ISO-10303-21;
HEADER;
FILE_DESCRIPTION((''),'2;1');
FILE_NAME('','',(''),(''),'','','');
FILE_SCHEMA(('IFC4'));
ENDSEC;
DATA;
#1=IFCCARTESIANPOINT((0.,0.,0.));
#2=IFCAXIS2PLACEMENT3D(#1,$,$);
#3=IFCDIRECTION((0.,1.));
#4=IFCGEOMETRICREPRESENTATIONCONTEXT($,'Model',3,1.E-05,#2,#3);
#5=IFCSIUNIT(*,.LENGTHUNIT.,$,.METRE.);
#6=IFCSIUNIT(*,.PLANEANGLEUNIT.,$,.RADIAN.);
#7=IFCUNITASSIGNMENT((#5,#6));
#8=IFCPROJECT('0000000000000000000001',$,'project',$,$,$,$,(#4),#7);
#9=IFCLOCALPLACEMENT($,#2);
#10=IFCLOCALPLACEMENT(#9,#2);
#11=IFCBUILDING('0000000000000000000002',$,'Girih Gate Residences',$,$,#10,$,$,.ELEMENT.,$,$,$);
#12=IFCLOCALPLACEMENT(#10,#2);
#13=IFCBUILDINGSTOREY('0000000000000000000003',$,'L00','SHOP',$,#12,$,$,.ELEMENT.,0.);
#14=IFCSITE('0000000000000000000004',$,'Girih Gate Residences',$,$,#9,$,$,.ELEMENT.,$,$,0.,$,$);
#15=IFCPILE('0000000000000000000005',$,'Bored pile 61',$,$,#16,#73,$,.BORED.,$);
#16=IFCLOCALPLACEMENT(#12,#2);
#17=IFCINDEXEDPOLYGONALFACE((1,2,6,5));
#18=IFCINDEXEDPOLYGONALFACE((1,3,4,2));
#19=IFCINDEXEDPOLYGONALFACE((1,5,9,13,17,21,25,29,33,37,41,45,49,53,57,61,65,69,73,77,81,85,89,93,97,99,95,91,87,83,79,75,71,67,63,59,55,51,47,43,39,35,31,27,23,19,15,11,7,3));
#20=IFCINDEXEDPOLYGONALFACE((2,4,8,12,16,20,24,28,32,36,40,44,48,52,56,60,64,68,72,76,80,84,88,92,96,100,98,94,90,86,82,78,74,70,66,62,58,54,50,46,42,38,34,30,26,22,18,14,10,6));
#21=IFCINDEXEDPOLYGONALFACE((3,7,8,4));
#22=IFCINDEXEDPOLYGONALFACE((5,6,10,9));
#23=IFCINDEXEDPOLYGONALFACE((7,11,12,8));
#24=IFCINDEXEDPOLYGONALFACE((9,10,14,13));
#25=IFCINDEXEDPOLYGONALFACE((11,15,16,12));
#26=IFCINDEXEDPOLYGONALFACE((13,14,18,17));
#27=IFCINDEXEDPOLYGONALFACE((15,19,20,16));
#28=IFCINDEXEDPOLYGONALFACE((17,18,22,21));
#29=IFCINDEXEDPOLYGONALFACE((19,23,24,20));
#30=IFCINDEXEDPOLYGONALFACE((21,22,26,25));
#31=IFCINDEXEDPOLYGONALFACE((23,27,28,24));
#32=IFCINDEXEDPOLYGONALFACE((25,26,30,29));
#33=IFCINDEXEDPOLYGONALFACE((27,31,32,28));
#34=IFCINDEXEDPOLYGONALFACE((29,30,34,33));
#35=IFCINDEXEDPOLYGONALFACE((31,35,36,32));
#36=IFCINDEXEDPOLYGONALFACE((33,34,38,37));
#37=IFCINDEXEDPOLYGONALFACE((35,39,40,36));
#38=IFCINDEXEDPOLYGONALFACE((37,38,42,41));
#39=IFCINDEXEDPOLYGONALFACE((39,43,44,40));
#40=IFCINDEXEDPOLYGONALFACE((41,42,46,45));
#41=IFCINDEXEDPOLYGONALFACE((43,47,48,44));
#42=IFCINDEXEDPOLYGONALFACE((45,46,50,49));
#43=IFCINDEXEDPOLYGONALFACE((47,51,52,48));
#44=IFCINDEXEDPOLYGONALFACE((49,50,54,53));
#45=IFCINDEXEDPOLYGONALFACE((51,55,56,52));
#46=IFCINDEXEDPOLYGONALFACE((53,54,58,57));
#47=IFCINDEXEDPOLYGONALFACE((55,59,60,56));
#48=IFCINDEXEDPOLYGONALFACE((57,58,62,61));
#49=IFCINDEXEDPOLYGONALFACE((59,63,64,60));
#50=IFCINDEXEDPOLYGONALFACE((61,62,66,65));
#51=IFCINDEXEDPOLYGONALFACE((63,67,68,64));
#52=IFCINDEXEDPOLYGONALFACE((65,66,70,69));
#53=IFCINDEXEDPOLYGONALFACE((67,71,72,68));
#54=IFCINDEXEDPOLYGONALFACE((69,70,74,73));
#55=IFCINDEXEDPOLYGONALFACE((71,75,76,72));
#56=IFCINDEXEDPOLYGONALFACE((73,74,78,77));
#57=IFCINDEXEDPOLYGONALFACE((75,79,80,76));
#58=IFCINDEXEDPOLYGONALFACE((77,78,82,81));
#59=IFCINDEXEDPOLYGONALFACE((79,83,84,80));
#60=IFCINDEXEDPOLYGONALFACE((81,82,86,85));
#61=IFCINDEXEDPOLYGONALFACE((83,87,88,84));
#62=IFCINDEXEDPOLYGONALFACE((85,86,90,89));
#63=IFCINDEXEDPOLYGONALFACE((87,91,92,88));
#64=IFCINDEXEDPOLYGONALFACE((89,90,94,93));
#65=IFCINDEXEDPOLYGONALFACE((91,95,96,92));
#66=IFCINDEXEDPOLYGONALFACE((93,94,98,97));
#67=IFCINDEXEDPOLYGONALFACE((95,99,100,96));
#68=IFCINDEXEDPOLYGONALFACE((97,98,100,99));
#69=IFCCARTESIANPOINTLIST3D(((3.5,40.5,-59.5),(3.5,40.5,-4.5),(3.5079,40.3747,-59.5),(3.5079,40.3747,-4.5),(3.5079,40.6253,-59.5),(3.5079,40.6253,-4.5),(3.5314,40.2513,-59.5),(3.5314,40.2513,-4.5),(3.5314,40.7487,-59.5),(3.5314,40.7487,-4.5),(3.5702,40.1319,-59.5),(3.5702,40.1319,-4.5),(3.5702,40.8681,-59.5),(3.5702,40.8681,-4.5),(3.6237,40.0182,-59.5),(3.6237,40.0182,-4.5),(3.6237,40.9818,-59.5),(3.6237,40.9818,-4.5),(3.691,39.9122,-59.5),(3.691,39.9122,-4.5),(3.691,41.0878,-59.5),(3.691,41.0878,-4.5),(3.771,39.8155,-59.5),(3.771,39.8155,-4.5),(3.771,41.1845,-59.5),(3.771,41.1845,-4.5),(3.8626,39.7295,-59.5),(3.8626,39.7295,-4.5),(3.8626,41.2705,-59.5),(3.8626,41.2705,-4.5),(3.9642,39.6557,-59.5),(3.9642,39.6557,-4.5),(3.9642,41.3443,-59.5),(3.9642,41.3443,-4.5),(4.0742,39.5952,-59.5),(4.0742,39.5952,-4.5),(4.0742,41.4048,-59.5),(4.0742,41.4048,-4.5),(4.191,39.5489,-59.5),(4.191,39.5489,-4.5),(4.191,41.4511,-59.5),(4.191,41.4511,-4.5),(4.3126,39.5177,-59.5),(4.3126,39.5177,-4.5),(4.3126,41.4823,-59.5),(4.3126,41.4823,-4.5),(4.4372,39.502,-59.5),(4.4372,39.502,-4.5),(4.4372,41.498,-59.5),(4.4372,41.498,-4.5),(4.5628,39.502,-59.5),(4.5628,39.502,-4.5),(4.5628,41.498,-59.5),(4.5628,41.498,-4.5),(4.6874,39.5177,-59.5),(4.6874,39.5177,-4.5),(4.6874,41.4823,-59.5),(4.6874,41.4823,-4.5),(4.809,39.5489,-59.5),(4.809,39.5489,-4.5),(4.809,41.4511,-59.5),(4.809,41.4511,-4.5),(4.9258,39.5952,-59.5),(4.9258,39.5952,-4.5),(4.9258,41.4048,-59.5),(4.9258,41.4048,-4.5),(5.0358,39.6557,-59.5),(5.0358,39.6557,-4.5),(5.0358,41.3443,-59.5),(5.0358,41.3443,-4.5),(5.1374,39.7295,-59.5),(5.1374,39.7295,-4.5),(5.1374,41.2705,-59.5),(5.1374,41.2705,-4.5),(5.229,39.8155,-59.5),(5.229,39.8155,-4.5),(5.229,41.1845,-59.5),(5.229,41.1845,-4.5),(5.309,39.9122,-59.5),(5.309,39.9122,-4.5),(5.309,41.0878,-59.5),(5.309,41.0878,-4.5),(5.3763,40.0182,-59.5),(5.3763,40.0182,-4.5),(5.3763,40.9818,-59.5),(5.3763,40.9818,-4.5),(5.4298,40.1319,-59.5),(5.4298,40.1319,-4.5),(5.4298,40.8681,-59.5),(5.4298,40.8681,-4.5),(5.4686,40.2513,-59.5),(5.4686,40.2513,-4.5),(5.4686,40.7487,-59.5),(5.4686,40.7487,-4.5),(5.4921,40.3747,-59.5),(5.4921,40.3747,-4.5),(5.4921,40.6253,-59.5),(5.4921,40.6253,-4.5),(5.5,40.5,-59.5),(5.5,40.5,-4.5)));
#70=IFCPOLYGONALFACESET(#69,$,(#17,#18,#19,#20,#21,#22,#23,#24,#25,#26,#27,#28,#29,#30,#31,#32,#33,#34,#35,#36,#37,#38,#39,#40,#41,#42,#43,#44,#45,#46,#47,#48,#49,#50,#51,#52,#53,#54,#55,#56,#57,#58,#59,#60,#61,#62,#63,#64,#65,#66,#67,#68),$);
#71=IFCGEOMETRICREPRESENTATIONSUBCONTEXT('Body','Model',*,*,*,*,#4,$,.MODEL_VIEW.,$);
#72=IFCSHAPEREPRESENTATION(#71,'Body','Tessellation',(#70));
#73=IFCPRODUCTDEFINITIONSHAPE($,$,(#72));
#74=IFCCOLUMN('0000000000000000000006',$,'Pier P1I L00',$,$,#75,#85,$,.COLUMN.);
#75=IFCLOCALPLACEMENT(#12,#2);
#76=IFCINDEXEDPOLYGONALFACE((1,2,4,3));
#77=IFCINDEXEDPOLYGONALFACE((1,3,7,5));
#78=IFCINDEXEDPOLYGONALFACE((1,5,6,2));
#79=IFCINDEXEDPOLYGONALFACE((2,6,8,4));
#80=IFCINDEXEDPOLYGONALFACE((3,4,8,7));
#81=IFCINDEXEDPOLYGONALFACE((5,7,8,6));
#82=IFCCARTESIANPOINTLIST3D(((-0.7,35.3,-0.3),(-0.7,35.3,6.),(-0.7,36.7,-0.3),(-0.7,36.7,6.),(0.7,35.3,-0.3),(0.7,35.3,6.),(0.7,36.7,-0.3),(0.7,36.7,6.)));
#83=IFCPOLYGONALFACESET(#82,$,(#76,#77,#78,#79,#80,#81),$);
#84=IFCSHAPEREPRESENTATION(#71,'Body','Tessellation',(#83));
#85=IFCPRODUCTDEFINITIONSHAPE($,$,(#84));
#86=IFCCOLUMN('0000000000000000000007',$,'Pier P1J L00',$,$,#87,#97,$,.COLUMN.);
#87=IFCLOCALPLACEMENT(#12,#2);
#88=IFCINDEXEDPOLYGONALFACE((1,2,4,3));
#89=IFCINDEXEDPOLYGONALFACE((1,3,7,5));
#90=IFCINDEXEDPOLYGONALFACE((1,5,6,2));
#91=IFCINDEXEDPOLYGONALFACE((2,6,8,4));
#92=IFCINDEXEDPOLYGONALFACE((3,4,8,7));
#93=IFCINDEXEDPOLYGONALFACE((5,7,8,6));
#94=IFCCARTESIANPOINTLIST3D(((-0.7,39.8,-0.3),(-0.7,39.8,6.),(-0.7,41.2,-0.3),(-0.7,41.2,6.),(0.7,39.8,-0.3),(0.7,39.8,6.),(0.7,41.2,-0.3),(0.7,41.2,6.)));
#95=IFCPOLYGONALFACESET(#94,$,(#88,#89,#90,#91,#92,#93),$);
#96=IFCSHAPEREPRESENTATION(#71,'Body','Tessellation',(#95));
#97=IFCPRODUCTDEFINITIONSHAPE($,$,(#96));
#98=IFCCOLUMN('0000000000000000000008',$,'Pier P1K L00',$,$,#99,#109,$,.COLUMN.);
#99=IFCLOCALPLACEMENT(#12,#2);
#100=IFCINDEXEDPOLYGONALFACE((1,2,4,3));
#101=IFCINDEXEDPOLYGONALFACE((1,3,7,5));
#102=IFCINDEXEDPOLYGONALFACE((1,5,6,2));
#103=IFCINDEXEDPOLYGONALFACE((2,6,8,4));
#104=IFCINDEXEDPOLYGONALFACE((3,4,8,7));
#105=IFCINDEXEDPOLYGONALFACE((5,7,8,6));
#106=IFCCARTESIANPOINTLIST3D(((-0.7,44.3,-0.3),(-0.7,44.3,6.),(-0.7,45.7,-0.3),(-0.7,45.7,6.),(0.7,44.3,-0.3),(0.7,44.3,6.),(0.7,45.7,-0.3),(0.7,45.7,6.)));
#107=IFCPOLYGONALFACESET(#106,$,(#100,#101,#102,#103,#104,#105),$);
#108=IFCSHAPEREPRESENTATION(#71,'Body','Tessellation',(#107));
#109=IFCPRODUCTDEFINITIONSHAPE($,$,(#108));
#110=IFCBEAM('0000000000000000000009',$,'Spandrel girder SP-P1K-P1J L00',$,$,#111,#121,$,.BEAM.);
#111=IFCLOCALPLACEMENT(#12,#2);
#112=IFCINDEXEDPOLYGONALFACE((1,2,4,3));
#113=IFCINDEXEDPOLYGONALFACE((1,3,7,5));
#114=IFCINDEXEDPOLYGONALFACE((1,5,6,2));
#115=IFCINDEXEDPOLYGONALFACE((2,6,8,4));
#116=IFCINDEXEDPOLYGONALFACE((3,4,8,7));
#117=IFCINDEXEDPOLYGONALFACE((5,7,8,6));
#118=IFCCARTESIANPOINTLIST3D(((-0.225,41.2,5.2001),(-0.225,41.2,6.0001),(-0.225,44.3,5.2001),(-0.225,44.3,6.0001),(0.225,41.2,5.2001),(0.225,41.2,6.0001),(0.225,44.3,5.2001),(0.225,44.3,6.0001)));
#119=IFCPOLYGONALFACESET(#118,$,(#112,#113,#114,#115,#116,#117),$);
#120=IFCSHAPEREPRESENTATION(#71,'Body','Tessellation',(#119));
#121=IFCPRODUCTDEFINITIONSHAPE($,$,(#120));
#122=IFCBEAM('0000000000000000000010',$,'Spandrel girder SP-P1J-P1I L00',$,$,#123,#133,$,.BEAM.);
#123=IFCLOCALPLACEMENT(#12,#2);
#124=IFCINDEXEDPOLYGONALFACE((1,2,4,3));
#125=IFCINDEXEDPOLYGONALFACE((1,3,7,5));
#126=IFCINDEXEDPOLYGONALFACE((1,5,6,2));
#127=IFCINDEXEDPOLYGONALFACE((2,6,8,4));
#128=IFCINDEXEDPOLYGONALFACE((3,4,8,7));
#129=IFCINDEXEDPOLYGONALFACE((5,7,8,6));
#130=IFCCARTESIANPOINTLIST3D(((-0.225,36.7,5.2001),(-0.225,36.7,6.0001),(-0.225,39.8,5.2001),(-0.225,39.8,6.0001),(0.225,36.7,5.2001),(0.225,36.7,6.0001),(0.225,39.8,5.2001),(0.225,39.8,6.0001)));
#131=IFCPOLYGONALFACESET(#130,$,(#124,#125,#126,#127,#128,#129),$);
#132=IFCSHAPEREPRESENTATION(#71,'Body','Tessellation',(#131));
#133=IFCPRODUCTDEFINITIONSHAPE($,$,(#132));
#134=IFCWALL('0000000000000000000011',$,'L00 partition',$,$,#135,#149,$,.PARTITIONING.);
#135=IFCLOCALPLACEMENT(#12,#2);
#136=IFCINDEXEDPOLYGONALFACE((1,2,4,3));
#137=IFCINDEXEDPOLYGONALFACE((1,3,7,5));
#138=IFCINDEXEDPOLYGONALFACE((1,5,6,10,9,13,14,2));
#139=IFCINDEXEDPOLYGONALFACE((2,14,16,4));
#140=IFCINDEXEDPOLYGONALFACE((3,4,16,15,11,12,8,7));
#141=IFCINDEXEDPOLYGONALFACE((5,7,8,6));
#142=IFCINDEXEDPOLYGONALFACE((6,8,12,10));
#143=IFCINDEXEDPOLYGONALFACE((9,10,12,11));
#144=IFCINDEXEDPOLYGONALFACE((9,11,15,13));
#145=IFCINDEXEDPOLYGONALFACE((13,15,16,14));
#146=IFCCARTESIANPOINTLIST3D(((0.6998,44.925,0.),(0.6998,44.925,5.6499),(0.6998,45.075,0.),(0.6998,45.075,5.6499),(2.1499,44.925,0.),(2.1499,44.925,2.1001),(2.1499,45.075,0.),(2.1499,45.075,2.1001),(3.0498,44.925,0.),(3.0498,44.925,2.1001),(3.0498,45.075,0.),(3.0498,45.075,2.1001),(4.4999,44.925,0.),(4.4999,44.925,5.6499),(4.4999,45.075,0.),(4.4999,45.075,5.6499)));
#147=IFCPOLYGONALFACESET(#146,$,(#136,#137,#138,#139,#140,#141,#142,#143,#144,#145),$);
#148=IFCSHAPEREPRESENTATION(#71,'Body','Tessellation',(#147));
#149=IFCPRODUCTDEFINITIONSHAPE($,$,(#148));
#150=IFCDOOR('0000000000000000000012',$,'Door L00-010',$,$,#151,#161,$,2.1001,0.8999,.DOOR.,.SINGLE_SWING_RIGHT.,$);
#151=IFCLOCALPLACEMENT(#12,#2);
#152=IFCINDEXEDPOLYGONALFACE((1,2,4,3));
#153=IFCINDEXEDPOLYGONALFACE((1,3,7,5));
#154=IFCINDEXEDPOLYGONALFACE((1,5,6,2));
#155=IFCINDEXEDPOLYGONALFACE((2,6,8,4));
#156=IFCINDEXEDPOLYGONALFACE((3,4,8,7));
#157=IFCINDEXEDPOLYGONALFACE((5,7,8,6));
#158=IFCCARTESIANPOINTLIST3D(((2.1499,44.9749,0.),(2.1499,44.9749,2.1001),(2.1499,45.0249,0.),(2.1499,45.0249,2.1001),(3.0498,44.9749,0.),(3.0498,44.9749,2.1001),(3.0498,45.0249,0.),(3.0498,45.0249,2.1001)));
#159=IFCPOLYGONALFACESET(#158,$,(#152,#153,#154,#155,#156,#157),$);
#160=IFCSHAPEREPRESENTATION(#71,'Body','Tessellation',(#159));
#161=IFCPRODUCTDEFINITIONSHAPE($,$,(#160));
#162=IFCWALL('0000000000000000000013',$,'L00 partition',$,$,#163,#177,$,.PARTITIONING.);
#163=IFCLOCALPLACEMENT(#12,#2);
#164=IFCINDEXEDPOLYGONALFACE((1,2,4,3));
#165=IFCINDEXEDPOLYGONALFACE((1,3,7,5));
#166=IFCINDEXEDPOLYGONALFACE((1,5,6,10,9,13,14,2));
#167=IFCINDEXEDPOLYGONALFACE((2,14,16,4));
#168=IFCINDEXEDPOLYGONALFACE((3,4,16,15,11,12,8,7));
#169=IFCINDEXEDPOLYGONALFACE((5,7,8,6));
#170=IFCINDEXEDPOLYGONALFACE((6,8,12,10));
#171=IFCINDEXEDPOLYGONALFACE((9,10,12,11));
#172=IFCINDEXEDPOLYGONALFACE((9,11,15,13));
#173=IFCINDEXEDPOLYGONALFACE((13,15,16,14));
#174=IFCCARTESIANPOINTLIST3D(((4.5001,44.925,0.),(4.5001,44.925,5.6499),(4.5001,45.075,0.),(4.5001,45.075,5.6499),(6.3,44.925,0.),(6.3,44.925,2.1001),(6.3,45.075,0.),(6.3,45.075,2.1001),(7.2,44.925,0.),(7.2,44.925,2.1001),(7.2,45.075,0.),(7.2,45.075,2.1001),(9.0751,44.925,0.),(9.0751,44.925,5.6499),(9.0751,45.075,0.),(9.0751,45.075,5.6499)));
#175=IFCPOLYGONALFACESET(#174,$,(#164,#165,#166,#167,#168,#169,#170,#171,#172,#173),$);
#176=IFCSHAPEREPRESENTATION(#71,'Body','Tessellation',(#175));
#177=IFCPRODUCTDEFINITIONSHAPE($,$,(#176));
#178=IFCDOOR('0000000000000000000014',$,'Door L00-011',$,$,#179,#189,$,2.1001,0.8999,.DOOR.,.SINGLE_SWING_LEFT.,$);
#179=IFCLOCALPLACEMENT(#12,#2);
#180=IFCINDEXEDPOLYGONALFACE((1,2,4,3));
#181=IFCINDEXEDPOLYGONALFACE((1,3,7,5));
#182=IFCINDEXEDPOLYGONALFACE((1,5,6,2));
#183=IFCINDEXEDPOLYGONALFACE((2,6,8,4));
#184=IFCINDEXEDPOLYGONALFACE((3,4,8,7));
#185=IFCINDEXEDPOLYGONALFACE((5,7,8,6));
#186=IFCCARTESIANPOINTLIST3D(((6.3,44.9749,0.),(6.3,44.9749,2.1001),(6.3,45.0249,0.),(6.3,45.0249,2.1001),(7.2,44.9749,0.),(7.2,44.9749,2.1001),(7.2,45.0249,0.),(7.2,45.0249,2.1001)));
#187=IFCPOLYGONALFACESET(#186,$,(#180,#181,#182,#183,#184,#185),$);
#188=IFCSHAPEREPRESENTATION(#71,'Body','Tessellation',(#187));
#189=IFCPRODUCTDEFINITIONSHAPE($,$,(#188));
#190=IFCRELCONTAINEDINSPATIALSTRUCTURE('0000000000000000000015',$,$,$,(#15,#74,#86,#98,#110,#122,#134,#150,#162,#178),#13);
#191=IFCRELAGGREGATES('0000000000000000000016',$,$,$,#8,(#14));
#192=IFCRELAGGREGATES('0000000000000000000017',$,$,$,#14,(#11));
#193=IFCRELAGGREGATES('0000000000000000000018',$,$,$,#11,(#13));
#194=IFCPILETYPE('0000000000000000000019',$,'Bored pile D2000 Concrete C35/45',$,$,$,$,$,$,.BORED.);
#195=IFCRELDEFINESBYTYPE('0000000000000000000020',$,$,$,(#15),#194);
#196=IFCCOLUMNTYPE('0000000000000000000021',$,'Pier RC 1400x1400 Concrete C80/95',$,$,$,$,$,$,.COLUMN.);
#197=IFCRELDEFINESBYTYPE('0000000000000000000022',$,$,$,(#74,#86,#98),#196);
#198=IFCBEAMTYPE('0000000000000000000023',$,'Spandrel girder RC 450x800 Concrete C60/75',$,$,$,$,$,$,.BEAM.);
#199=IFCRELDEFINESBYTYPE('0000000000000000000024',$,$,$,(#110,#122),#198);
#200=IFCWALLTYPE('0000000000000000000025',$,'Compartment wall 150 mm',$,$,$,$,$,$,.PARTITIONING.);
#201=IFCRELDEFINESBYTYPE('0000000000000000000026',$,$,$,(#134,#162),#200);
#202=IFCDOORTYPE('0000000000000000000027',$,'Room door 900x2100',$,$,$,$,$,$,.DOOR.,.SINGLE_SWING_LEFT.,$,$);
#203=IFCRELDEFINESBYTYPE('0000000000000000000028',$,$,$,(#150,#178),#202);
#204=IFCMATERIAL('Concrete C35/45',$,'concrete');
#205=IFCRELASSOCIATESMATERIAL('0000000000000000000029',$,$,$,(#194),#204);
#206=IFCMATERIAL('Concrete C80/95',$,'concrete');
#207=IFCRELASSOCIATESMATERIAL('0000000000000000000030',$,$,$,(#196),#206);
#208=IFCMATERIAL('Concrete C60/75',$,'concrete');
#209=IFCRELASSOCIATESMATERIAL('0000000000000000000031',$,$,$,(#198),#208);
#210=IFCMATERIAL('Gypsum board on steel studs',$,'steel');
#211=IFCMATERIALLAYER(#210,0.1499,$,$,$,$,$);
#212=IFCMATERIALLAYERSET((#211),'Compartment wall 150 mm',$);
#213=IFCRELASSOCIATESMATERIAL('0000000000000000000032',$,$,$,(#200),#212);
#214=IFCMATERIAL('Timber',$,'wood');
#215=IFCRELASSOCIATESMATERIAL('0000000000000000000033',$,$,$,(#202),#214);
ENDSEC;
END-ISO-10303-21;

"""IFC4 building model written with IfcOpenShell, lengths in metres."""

from ifc_helpers import new_model, si_unit, direction, frame, frame_2d, origin, origin_2d, place, context, subcontext, project, spatial, rectangle, circle, extrude, material, layer, layer_set, material_profile, profile_set, type_object, element, fill, save


model = new_model("IFC4")

# Units and contexts
model_context = context("Model", 3, precision=1e-05, world=origin(), true_north=direction((0.0, 1.0)))
body_context = subcontext(model_context, "Body", "Model", "MODEL_VIEW")
ifc_project = project(units=[si_unit("LENGTHUNIT", "METRE"), si_unit("PLANEANGLEUNIT", "RADIAN")], contexts=[model_context])

# Site, building, storey
site_placement = place(None, origin())
site = spatial("IfcSite", under=ifc_project, at=site_placement, Name="Girih Gate Residences", CompositionType="ELEMENT", RefElevation=0.0)
building_placement = place(site_placement, origin())
building = spatial("IfcBuilding", under=site, at=building_placement, Name="Girih Gate Residences", CompositionType="ELEMENT")
storey_placement = place(building_placement, origin())
storey = spatial("IfcBuildingStorey", under=building, at=storey_placement, Name="L00", Description="SHOP", CompositionType="ELEMENT", Elevation=0.0)

# Pile
ifc_material_1 = material(Name="Concrete C35/45", Category="concrete")
ifc_material_profile_1 = material_profile(ifc_material_1, circle(Radius=1.0, at=origin_2d()))
ifc_profile_set_1 = profile_set([ifc_material_profile_1], Name="Concrete C35/45")
pile_type_1 = type_object("IfcPileType", Name="Bored pile D2000 Concrete C35/45", PredefinedType="BORED", material=ifc_profile_set_1)
for number, where, z_axis, x_axis, name in (
    (1, (4.5, 40.5, -4.5), (0.0, 0.0, -1.0), (1.0, 0.0, 0.0), "Bored pile 61"),
):
    element("IfcPile", number, at=place(storey_placement, frame(where, z_axis=z_axis, x_axis=x_axis)), inside=storey, type_object=pile_type_1, Name=name, PredefinedType="BORED", context=body_context, shape_type="SweptSolid", body=[
        extrude(circle(Radius=1.0, at=origin_2d()), origin(), (0.0, 0.0, 1.0), 55.0),
    ])

# Columns
ifc_material_2 = material(Name="Concrete C80/95", Category="concrete")
ifc_material_profile_2 = material_profile(ifc_material_2, rectangle(XDim=1.3999, YDim=1.3999, at=origin_2d()))
ifc_profile_set_2 = profile_set([ifc_material_profile_2], Name="Concrete C80/95")
column_type = type_object("IfcColumnType", Name="Pier RC 1400x1400 Concrete C80/95", PredefinedType="COLUMN", material=ifc_profile_set_2)
for number, where, z_axis, x_axis, name in (
    (2, (0.0, 36.0, -0.3), (0.0, 0.0, 1.0), (1.0, 0.0, 0.0), "Pier P1I L00"),
    (3, (0.0, 40.5, -0.3), (0.0, 0.0, 1.0), (1.0, 0.0, 0.0), "Pier P1J L00"),
    (4, (0.0, 45.0, -0.3), (0.0, 0.0, 1.0), (1.0, 0.0, 0.0), "Pier P1K L00"),
):
    element("IfcColumn", number, at=place(storey_placement, frame(where, z_axis=z_axis, x_axis=x_axis)), inside=storey, type_object=column_type, Name=name, PredefinedType="COLUMN", context=body_context, shape_type="SweptSolid", body=[
        extrude(rectangle(XDim=1.3999, YDim=1.3999, at=origin_2d()), origin(), (0.0, 0.0, 1.0), 6.3),
    ])

# Beams
ifc_material_3 = material(Name="Concrete C60/75", Category="concrete")
ifc_material_profile_3 = material_profile(ifc_material_3, rectangle(XDim=0.45, YDim=0.8, at=origin_2d()))
ifc_profile_set_3 = profile_set([ifc_material_profile_3], Name="Concrete C60/75")
beam_type = type_object("IfcBeamType", Name="Spandrel girder RC 450x800 Concrete C60/75", PredefinedType="BEAM", material=ifc_profile_set_3)
for number, where, z_axis, x_axis, name in (
    (5, (0.0, 44.3, 5.6001), (0.0, -1.0, 0.0), (1.0, 0.0, 0.0), "Spandrel girder SP-P1K-P1J L00"),
    (6, (0.0, 39.8, 5.6001), (0.0, -1.0, 0.0), (1.0, 0.0, 0.0), "Spandrel girder SP-P1J-P1I L00"),
):
    element("IfcBeam", number, at=place(storey_placement, frame(where, z_axis=z_axis, x_axis=x_axis)), inside=storey, type_object=beam_type, Name=name, PredefinedType="BEAM", context=body_context, shape_type="SweptSolid", body=[
        extrude(rectangle(XDim=0.45, YDim=0.8, at=origin_2d()), origin(), (0.0, 0.0, 1.0), 3.1001),
    ])

# Walls, openings, doors
ifc_material_4 = material(Name="Gypsum board on steel studs", Category="steel")
ifc_layer_1 = layer(ifc_material_4, 0.1499)
ifc_layer_set_1 = layer_set([ifc_layer_1], Name="Compartment wall 150 mm")
wall_type_1 = type_object("IfcWallType", Name="Compartment wall 150 mm", PredefinedType="PARTITIONING", material=ifc_layer_set_1)
wall_1_placement = place(storey_placement, frame((0.7, 45.0, 0.0), z_axis=(0.0, 0.0, 1.0), x_axis=(1.0, 0.0, 0.0)))
wall_1 = element("IfcWall", 7, at=wall_1_placement, inside=storey, type_object=wall_type_1, Name="L00 partition", PredefinedType="PARTITIONING", context=body_context, shape_type="SweptSolid", body=[
    extrude(rectangle(XDim=3.8, YDim=0.1499, at=frame_2d((1.8999, 0.0))), origin(), (0.0, 0.0, 1.0), 5.6499),
])
opening_1_placement = place(wall_1_placement, frame((1.45, 0.0, 0.0)))
opening_1 = element("IfcOpeningElement", 8, at=opening_1_placement, cuts=wall_1, PredefinedType="OPENING", context=body_context, shape_type="SweptSolid", body=[
    extrude(rectangle(XDim=0.8999, YDim=2.1001, at=frame_2d((0.45, 1.05))), frame((0.0, 0.085, 0.0), z_axis=(0.0, -1.0, 0.0), x_axis=(1.0, 0.0, 0.0)), (0.0, 0.0, 1.0), 0.1699),
])
ifc_material_5 = material(Name="Timber", Category="wood")
door_type = type_object("IfcDoorType", Name="Room door 900x2100", OperationType="SINGLE_SWING_LEFT", PredefinedType="DOOR", material=ifc_material_5)
door_1_placement = place(opening_1_placement, origin())
door_1 = element("IfcDoor", 9, at=door_1_placement, inside=storey, type_object=door_type, Name="Door L00-010", OperationType="SINGLE_SWING_RIGHT", OverallHeight=2.1001, OverallWidth=0.8999, PredefinedType="DOOR", context=body_context, shape_type="SweptSolid", body=[
    extrude(rectangle(XDim=0.8999, YDim=2.1001, at=frame_2d((0.45, 1.05))), frame((0.0, 0.0249, 0.0), z_axis=(0.0, -1.0, 0.0), x_axis=(1.0, 0.0, 0.0)), (0.0, 0.0, 1.0), 0.05),
])
fill(opening_1, door_1)
wall_2_placement = place(storey_placement, frame((4.5, 45.0, 0.0), z_axis=(0.0, 0.0, 1.0), x_axis=(1.0, 0.0, 0.0)))
wall_2 = element("IfcWall", 10, at=wall_2_placement, inside=storey, type_object=wall_type_1, Name="L00 partition", PredefinedType="PARTITIONING", context=body_context, shape_type="SweptSolid", body=[
    extrude(rectangle(XDim=4.575, YDim=0.1499, at=frame_2d((2.2876, 0.0))), origin(), (0.0, 0.0, 1.0), 5.6499),
])
opening_2_placement = place(wall_2_placement, frame((1.8, 0.0, 0.0)))
opening_2 = element("IfcOpeningElement", 11, at=opening_2_placement, cuts=wall_2, PredefinedType="OPENING", context=body_context, shape_type="SweptSolid", body=[
    extrude(rectangle(XDim=0.8999, YDim=2.1001, at=frame_2d((0.45, 1.05))), frame((0.0, 0.085, 0.0), z_axis=(0.0, -1.0, 0.0), x_axis=(1.0, 0.0, 0.0)), (0.0, 0.0, 1.0), 0.1699),
])
door_2_placement = place(opening_2_placement, origin())
door_2 = element("IfcDoor", 12, at=door_2_placement, inside=storey, type_object=door_type, Name="Door L00-011", OperationType="SINGLE_SWING_LEFT", OverallHeight=2.1001, OverallWidth=0.8999, PredefinedType="DOOR", context=body_context, shape_type="SweptSolid", body=[
    extrude(rectangle(XDim=0.8999, YDim=2.1001, at=frame_2d((0.45, 1.05))), frame((0.0, 0.0249, 0.0), z_axis=(0.0, -1.0, 0.0), x_axis=(1.0, 0.0, 0.0)), (0.0, 0.0, 1.0), 0.05),
])
fill(opening_2, door_2)

save(model, "model.ifc")
